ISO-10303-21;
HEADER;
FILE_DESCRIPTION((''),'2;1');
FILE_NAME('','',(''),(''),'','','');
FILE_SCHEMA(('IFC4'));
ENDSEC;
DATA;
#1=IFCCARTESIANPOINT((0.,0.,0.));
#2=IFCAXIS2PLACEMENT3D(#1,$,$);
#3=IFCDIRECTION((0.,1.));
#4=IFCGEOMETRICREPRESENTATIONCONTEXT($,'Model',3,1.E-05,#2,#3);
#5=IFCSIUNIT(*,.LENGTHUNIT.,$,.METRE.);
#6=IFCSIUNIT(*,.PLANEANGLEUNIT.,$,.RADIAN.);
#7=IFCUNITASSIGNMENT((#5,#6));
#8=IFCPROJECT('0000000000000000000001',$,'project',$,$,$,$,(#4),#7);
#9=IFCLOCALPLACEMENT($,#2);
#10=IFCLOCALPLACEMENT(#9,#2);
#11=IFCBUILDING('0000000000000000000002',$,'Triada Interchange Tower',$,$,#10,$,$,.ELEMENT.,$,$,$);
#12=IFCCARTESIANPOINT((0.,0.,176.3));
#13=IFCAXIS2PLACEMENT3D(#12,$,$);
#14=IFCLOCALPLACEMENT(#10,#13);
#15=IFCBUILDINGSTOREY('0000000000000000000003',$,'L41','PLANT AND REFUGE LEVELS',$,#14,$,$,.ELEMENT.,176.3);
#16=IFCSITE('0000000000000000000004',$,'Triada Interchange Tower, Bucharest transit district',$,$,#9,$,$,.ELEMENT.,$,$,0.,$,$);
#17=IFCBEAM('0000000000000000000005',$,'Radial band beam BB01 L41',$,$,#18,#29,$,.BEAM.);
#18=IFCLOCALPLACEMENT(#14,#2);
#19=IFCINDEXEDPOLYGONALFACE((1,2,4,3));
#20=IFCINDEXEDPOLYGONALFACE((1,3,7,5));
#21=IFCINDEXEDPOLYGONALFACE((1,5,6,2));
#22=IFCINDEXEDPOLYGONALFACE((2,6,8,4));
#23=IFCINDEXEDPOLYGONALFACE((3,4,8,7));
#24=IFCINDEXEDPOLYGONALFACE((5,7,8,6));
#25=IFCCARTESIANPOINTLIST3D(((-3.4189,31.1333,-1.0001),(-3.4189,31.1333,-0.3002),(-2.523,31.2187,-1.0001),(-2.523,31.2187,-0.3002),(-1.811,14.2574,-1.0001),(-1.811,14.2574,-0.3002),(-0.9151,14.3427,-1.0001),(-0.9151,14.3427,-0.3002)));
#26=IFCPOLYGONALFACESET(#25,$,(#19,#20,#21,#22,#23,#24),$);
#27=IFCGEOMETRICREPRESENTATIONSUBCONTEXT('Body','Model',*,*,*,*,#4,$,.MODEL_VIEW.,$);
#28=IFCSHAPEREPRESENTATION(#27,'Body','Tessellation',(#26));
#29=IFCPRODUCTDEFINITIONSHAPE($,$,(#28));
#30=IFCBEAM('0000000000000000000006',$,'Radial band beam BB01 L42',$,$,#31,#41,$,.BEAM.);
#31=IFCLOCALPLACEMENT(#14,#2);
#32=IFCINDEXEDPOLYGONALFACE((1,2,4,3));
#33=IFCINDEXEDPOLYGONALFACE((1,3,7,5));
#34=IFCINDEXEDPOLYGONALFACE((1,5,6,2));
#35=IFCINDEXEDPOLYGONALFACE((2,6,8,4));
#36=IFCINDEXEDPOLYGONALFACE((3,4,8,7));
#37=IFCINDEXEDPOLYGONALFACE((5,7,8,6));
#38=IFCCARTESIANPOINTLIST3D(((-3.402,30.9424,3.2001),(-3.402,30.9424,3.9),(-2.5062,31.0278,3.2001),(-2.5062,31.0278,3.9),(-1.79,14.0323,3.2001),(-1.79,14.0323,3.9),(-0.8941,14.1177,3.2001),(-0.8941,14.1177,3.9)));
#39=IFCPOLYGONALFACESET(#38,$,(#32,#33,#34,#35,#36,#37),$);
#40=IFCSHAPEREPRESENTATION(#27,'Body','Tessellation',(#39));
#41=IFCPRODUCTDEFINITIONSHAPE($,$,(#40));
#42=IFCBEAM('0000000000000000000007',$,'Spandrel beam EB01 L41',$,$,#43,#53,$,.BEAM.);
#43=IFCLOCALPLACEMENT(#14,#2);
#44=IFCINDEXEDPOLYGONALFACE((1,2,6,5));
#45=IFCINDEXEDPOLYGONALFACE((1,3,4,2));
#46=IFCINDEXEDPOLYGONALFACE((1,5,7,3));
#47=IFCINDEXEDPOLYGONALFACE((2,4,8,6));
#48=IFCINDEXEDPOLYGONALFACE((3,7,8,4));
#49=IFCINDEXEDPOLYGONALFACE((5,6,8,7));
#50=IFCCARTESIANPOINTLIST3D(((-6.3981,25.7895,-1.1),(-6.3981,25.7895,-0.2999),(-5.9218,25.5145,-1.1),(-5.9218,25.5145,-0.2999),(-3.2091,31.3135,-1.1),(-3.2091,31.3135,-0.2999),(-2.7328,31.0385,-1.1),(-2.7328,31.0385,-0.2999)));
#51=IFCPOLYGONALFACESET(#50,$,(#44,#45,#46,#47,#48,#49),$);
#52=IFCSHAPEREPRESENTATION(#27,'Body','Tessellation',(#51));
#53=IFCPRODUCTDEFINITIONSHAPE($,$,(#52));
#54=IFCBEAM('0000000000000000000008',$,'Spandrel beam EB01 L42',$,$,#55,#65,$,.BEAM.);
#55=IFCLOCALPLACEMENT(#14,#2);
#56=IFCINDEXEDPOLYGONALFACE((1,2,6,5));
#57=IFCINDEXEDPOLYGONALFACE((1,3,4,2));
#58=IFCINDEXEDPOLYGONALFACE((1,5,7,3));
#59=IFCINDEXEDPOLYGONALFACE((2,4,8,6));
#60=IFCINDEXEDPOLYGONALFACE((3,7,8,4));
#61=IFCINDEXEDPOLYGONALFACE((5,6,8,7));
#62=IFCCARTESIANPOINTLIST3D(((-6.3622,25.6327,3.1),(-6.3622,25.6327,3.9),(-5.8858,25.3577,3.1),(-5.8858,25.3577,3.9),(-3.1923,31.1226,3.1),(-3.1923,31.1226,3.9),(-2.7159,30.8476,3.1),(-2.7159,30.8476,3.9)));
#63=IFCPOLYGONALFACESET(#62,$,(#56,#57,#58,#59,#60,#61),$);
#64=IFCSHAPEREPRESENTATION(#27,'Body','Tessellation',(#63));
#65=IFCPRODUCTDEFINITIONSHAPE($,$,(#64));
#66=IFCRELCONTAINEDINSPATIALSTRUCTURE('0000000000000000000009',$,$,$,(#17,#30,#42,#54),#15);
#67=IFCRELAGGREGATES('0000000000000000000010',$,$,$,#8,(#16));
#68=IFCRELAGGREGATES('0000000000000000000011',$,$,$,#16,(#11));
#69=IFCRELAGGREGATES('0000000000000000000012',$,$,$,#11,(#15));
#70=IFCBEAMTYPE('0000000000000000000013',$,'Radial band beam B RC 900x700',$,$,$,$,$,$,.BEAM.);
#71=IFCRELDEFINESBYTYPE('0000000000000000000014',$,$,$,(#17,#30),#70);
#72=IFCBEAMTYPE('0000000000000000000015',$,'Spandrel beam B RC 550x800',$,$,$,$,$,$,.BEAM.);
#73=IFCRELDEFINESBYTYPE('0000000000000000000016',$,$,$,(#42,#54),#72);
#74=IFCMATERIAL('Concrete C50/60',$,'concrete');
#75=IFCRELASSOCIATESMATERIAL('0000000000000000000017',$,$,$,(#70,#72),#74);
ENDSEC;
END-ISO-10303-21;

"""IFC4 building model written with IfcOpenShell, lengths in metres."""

from ifc_helpers import new_model, si_unit, direction, frame, origin, origin_2d, place, context, subcontext, project, spatial, rectangle, extrude, material, material_profile, profile_set, type_object, element, save


model = new_model("IFC4")

# Units and contexts
model_context = context("Model", 3, precision=1e-05, world=origin(), true_north=direction((0.0, 1.0)))
body_context = subcontext(model_context, "Body", "Model", "MODEL_VIEW")
ifc_project = project(units=[si_unit("LENGTHUNIT", "METRE"), si_unit("PLANEANGLEUNIT", "RADIAN")], contexts=[model_context])

# Site, building, storey
site_placement = place(None, origin())
site = spatial("IfcSite", under=ifc_project, at=site_placement, Name="Triada Interchange Tower, Bucharest transit district", CompositionType="ELEMENT", RefElevation=0.0)
building_placement = place(site_placement, origin())
building = spatial("IfcBuilding", under=site, at=building_placement, Name="Triada Interchange Tower", CompositionType="ELEMENT")
storey_placement = place(building_placement, frame((0.0, 0.0, 176.3)))
storey = spatial("IfcBuildingStorey", under=building, at=storey_placement, Name="L41", Description="PLANT AND REFUGE LEVELS", CompositionType="ELEMENT", Elevation=176.3)

# Beams
ifc_material_1 = material(Name="Concrete C50/60", Category="concrete")
ifc_material_profile_1 = material_profile(ifc_material_1, rectangle(XDim=0.8999, YDim=0.7, at=origin_2d()), Name="RC 900x700")
ifc_profile_set_1 = profile_set([ifc_material_profile_1], Name="Concrete C50/60")
beam_type_1 = type_object("IfcBeamType", Name="Radial band beam B RC 900x700", PredefinedType="BEAM", material=ifc_profile_set_1)
beam_1_placement = place(storey_placement, frame((-2.9709, 31.176, -0.6501), z_axis=(0.094849, -0.995492, 0.0), x_axis=(0.995492, 0.094849, 0.0)))
element("IfcBeam", 1, at=beam_1_placement, inside=storey, type_object=beam_type_1, Name="Radial band beam BB01 L41", PredefinedType="BEAM", context=body_context, shape_type="SweptSolid", body=[
    extrude(rectangle(XDim=0.8999, YDim=0.7, at=origin_2d()), origin(), (0.0, 0.0, 1.0), 16.9524),
])
beam_2_placement = place(storey_placement, frame((-2.9541, 30.9851, 3.55), z_axis=(0.094901, -0.995487, 0.0), x_axis=(0.995487, 0.094901, 0.0)))
element("IfcBeam", 2, at=beam_2_placement, inside=storey, type_object=beam_type_1, Name="Radial band beam BB01 L42", PredefinedType="BEAM", context=body_context, shape_type="SweptSolid", body=[
    extrude(rectangle(XDim=0.8999, YDim=0.7, at=origin_2d()), origin(), (0.0, 0.0, 1.0), 16.9868),
])
ifc_material_profile_2 = material_profile(ifc_material_1, rectangle(XDim=0.55, YDim=0.8, at=origin_2d()), Name="RC 550x800")
ifc_profile_set_2 = profile_set([ifc_material_profile_2], Name="Concrete C50/60")
beam_type_2 = type_object("IfcBeamType", Name="Spandrel beam B RC 550x800", PredefinedType="BEAM", material=ifc_profile_set_2)
beam_3_placement = place(storey_placement, frame((-2.9709, 31.176, -0.7), z_axis=(-0.499968, -0.866044, 0.0), x_axis=(0.866044, -0.499968, 0.0)))
element("IfcBeam", 3, at=beam_3_placement, inside=storey, type_object=beam_type_2, Name="Spandrel beam EB01 L41", PredefinedType="BEAM", context=body_context, shape_type="SweptSolid", body=[
    extrude(rectangle(XDim=0.55, YDim=0.8, at=origin_2d()), origin(), (0.0, 0.0, 1.0), 6.3784),
])
beam_4_placement = place(storey_placement, frame((-2.9541, 30.9851, 3.5), z_axis=(-0.500032, -0.866007, 0.0), x_axis=(0.866007, -0.500032, 0.0)))
element("IfcBeam", 4, at=beam_4_placement, inside=storey, type_object=beam_type_2, Name="Spandrel beam EB01 L42", PredefinedType="BEAM", context=body_context, shape_type="SweptSolid", body=[
    extrude(rectangle(XDim=0.55, YDim=0.8, at=origin_2d()), origin(), (0.0, 0.0, 1.0), 6.3394),
])

save(model, "model.ifc")
